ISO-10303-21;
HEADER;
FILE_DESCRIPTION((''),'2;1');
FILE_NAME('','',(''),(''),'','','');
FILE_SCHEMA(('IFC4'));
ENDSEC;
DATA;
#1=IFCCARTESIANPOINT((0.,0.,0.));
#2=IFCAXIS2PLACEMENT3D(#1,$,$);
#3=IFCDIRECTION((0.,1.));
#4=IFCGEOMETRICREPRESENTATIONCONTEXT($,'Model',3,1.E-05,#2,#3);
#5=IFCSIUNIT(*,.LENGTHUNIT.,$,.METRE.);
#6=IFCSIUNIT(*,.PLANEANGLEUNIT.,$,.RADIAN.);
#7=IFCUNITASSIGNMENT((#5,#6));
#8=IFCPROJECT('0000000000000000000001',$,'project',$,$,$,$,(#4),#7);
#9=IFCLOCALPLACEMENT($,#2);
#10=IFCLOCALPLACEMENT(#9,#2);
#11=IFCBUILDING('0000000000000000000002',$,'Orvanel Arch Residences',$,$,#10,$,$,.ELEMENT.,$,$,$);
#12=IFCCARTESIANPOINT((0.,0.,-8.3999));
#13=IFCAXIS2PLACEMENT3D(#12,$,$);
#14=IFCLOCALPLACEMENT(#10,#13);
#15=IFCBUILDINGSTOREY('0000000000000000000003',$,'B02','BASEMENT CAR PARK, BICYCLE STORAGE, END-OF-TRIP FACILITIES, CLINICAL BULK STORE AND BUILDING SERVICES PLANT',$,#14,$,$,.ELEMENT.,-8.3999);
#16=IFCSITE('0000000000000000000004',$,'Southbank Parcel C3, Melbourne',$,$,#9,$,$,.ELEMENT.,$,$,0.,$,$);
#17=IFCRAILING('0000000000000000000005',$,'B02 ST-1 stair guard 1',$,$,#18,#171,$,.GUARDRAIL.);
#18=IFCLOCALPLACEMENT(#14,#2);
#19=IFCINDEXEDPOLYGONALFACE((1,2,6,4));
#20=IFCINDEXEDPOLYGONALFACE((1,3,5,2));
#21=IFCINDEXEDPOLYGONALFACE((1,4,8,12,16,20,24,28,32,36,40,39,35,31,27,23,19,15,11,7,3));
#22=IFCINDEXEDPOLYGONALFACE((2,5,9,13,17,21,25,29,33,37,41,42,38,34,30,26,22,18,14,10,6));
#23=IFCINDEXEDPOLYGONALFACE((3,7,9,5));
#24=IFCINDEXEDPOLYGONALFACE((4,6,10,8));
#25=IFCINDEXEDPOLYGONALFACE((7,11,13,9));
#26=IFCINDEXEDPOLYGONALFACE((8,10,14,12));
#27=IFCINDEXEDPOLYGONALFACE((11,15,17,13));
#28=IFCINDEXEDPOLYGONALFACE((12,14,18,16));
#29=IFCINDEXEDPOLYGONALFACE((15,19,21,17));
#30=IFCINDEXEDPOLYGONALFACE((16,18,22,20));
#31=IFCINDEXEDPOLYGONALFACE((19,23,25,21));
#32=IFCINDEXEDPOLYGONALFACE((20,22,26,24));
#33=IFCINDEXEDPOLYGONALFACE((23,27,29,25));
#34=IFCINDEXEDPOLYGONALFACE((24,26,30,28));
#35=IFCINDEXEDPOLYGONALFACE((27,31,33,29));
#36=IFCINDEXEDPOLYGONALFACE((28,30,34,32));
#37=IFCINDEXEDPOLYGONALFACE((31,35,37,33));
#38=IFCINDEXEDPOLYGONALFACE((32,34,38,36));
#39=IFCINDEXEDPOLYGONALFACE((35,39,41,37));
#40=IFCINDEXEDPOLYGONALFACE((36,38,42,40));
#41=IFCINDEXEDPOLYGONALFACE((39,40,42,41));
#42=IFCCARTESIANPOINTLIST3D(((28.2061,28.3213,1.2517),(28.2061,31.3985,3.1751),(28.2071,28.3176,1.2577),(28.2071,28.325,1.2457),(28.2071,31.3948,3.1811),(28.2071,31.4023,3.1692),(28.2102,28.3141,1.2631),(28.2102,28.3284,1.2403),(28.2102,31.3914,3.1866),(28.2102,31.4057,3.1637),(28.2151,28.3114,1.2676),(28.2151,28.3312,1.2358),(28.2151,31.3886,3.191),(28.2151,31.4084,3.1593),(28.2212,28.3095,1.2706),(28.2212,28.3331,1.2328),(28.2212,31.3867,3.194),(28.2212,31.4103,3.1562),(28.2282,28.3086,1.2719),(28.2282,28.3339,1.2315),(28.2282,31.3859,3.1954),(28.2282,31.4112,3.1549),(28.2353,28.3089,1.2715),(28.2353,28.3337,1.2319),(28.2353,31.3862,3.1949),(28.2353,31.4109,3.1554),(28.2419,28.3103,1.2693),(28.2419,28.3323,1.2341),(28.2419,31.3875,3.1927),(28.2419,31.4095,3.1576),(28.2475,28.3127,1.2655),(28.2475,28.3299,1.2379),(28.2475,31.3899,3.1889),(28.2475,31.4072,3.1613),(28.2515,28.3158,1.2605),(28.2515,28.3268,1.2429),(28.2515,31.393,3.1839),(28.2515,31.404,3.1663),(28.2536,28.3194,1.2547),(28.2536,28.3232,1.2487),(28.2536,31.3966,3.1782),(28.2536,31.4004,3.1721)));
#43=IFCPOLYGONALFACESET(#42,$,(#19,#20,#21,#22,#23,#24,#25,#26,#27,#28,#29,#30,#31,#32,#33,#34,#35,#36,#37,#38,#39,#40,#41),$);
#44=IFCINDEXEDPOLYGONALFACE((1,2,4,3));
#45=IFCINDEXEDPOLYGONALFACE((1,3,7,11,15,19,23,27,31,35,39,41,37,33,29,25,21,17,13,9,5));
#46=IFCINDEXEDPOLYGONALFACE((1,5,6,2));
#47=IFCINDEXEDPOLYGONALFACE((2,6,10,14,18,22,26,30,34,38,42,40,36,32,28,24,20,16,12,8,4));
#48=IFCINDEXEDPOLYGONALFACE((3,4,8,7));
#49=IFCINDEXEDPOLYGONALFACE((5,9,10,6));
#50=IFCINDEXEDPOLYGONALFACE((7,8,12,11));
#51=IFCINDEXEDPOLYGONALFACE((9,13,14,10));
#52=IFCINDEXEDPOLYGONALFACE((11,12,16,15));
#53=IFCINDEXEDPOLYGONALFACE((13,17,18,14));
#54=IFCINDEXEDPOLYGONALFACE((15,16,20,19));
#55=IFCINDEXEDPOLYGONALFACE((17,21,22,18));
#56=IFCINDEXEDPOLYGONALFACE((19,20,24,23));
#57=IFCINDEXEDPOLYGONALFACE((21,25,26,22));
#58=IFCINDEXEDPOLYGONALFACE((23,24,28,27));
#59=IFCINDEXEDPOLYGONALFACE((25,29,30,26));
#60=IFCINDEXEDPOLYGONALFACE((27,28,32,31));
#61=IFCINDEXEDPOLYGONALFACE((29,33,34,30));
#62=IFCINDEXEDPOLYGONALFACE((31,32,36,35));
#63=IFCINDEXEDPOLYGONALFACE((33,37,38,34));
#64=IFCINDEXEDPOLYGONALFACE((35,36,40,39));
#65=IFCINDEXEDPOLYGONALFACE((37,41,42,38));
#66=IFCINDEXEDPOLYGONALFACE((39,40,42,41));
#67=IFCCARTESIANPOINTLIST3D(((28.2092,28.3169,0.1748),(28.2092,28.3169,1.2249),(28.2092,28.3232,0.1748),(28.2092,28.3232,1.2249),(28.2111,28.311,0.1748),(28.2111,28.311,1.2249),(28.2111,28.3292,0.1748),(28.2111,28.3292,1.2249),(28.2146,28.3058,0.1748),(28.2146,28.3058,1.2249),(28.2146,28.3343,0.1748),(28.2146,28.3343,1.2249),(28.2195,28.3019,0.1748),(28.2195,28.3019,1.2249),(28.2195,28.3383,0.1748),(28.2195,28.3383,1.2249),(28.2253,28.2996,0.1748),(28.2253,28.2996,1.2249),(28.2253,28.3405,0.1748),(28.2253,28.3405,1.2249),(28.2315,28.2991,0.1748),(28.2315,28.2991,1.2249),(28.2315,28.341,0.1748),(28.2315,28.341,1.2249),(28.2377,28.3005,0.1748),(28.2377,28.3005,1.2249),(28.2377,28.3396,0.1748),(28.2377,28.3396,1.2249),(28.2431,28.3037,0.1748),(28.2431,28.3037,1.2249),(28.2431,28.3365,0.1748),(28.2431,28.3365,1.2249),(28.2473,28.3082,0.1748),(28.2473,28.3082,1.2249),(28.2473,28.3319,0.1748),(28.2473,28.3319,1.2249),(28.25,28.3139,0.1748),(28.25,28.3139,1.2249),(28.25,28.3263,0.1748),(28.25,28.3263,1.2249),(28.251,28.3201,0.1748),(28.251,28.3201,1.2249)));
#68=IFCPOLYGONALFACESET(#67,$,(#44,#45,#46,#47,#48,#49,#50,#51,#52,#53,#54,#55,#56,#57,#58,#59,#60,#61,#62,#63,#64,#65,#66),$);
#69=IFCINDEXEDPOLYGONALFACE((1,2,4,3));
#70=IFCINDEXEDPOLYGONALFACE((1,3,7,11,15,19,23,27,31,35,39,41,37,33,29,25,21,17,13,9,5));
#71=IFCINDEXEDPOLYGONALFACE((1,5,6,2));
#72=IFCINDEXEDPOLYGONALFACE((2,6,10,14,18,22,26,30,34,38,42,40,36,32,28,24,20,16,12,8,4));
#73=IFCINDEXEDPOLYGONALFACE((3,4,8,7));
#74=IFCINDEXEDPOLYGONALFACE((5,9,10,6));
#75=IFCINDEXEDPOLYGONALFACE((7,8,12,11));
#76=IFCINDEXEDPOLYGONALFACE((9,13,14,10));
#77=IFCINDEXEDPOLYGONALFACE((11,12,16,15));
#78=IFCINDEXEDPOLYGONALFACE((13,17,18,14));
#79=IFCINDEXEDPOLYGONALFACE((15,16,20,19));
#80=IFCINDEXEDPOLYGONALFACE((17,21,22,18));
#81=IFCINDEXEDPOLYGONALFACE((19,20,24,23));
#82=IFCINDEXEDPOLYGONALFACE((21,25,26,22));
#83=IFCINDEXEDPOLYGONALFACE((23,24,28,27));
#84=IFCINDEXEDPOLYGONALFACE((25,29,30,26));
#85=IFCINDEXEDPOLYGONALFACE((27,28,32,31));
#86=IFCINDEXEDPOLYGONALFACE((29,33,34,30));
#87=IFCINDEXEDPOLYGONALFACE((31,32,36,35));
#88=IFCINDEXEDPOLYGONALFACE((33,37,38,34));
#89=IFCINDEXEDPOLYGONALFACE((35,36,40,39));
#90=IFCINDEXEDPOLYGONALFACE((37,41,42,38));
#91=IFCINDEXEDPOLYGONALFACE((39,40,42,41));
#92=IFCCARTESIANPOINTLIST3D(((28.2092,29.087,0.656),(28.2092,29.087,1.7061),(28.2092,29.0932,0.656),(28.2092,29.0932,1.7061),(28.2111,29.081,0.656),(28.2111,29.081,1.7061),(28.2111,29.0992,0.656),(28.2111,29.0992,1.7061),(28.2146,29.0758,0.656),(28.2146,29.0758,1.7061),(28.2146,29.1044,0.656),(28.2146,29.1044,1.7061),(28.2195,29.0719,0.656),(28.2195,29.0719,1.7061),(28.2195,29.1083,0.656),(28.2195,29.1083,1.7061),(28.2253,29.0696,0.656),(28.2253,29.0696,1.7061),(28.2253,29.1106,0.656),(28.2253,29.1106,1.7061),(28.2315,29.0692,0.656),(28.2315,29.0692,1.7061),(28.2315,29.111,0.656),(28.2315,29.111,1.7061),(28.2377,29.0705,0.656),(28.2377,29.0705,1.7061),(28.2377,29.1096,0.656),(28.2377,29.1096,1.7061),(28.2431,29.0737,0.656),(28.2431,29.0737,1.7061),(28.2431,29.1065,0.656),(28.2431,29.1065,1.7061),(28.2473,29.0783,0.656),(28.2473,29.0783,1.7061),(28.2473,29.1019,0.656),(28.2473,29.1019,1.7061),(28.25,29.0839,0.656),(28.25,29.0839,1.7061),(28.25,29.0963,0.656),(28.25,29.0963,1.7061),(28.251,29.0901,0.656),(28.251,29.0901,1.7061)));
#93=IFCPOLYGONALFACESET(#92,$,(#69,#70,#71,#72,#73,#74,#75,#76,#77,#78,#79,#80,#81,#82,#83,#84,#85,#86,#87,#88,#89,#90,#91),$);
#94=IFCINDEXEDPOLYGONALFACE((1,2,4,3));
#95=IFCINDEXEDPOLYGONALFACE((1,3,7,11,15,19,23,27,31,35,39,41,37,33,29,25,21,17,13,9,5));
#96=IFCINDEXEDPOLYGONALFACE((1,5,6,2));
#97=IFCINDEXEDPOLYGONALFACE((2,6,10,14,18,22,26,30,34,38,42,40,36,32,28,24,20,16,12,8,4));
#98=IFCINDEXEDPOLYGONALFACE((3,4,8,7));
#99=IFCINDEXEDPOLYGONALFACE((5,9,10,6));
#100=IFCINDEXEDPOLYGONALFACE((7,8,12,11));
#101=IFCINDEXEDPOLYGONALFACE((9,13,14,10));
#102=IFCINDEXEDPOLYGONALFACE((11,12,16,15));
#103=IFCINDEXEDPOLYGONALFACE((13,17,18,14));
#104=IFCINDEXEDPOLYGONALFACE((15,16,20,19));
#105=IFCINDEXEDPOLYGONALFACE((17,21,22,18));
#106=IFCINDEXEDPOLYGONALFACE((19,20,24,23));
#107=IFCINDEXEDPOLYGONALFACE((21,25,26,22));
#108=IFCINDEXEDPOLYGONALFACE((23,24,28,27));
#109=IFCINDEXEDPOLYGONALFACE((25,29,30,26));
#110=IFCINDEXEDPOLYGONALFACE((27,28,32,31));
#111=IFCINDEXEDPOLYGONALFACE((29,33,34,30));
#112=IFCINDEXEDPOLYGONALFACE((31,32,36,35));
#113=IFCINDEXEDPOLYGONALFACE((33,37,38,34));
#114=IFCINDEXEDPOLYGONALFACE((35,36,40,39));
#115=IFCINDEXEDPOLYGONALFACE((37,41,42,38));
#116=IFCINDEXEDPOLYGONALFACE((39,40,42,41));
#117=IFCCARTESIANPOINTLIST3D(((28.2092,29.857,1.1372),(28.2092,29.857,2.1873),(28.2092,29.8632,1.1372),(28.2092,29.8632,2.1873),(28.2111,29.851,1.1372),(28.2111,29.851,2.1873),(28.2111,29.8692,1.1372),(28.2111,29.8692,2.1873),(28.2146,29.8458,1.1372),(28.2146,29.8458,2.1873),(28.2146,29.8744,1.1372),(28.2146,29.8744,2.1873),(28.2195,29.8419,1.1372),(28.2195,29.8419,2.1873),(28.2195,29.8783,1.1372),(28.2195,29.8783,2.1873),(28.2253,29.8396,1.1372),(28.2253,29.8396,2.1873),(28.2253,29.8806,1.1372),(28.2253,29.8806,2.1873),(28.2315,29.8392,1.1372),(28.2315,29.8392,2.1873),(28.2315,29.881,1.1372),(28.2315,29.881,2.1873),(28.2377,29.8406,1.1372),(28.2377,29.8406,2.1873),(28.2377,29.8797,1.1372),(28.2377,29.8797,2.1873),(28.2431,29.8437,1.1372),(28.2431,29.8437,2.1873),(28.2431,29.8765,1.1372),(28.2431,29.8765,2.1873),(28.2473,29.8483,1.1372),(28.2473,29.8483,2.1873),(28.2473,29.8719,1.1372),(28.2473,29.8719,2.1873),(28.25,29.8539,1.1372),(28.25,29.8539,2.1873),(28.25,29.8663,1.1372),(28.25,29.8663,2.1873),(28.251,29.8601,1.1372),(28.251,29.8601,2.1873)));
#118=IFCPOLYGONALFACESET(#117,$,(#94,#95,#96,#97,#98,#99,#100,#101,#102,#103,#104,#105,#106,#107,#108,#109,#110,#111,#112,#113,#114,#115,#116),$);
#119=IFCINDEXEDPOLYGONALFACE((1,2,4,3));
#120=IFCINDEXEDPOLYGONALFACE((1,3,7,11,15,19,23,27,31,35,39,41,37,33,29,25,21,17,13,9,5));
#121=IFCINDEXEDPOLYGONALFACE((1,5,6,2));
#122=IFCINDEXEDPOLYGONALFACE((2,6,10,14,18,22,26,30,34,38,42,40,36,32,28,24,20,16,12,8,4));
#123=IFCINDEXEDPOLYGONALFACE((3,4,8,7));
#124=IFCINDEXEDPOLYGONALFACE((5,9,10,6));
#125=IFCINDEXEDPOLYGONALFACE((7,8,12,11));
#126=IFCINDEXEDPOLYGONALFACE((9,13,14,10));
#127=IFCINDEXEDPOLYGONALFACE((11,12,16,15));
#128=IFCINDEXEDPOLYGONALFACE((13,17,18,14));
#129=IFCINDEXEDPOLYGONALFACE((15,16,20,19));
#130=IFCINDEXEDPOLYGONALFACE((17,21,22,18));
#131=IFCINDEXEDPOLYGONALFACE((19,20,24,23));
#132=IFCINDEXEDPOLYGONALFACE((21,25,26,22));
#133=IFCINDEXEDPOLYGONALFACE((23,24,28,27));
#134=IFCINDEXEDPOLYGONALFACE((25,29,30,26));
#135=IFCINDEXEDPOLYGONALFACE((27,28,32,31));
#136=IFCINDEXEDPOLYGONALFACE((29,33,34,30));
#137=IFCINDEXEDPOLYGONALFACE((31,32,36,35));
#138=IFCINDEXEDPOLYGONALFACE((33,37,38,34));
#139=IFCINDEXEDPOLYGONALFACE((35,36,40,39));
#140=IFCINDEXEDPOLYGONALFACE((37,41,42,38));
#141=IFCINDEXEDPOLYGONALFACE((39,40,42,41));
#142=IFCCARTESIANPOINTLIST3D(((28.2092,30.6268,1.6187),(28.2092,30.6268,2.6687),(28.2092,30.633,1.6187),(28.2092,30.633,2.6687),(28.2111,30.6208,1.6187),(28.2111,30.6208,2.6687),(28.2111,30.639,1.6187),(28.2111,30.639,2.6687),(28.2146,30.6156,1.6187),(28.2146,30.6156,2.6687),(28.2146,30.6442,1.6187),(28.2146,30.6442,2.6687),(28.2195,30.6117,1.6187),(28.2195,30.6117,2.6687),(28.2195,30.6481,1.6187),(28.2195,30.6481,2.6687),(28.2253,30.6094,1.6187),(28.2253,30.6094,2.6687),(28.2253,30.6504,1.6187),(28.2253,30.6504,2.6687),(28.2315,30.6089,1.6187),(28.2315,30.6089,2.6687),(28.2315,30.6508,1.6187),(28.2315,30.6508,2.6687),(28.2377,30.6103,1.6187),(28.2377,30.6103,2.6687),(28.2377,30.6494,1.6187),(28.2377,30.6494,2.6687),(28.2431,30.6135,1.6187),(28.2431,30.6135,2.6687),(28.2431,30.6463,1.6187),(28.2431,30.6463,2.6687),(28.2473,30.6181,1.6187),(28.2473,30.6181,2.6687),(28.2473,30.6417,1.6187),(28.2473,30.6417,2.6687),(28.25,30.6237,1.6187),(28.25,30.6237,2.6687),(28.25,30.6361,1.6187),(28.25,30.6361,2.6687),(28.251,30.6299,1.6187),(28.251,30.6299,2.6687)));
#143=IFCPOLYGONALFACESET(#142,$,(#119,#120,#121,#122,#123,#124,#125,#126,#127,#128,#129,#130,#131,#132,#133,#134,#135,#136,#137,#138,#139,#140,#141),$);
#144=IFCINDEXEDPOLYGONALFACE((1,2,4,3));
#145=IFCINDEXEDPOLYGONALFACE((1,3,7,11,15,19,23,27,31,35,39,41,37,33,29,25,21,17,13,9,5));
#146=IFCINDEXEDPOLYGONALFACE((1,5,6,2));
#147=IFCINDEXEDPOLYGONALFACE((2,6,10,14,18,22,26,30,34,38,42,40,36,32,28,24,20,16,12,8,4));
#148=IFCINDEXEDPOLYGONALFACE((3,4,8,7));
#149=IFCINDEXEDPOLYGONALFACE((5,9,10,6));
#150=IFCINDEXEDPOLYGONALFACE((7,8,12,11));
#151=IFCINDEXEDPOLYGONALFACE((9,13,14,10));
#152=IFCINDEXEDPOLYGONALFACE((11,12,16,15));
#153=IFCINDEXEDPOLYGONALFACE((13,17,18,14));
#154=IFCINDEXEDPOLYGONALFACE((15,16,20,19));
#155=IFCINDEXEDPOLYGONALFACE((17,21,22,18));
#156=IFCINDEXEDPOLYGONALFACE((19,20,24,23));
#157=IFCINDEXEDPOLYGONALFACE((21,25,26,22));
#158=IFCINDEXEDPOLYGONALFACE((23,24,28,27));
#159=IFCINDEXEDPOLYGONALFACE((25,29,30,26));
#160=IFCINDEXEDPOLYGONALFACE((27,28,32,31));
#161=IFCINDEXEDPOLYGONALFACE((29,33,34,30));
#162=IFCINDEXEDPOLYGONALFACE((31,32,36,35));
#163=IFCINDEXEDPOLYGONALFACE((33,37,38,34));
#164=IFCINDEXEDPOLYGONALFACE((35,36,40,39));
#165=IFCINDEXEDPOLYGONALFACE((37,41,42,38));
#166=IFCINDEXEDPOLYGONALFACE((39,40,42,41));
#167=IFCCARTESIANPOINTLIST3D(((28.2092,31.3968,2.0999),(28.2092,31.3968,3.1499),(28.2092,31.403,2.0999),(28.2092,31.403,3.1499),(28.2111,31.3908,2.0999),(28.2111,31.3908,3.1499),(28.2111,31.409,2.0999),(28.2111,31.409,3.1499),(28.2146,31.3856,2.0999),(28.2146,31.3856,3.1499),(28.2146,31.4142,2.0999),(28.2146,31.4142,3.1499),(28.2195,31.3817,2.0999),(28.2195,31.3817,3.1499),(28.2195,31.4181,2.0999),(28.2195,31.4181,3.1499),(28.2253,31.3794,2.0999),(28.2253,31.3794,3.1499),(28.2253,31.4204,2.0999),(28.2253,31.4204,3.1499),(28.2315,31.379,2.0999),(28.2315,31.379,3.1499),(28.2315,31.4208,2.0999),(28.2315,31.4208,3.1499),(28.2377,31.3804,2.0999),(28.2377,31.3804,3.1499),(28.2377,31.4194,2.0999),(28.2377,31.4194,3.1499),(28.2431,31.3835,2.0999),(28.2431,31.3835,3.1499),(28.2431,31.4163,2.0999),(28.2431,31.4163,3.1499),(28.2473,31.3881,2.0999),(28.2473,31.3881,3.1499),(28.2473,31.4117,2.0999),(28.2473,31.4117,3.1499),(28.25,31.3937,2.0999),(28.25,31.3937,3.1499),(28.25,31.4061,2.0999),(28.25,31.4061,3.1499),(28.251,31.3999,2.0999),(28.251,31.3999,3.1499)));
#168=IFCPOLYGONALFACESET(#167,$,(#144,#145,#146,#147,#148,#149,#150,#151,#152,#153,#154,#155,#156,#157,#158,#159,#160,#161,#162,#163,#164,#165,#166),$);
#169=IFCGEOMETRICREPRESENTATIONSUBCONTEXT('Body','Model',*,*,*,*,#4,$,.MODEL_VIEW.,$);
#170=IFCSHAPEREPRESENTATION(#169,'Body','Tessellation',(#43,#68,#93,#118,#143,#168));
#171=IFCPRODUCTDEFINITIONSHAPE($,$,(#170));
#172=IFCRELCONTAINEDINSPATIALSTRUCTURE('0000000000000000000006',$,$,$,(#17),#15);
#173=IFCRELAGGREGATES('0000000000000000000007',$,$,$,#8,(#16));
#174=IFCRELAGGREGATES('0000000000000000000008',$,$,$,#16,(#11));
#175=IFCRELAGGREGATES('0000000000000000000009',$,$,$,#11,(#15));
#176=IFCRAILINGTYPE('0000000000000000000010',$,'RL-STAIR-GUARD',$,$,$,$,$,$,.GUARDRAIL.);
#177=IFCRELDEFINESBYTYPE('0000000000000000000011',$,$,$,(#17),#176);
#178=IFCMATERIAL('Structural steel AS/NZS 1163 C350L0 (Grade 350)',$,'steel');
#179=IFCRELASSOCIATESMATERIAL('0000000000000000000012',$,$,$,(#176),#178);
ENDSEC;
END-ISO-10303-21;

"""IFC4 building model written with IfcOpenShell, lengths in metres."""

from ifc_helpers import new_model, si_unit, direction, frame, origin, origin_2d, place, context, subcontext, project, spatial, circle, extrude, material, type_object, element, save


model = new_model("IFC4")

# Units and contexts
model_context = context("Model", 3, precision=1e-05, world=origin(), true_north=direction((0.0, 1.0)))
body_context = subcontext(model_context, "Body", "Model", "MODEL_VIEW")
ifc_project = project(units=[si_unit("LENGTHUNIT", "METRE"), si_unit("PLANEANGLEUNIT", "RADIAN")], contexts=[model_context])

# Site, building, storey
site_placement = place(None, origin())
site = spatial("IfcSite", under=ifc_project, at=site_placement, Name="Southbank Parcel C3, Melbourne", CompositionType="ELEMENT", RefElevation=0.0)
building_placement = place(site_placement, origin())
building = spatial("IfcBuilding", under=site, at=building_placement, Name="Orvanel Arch Residences", CompositionType="ELEMENT")
storey_placement = place(building_placement, frame((0.0, 0.0, -8.3999)))
storey = spatial("IfcBuildingStorey", under=building, at=storey_placement, Name="B02", Description="BASEMENT CAR PARK, BICYCLE STORAGE, END-OF-TRIP FACILITIES, CLINICAL BULK STORE AND BUILDING SERVICES PLANT", CompositionType="ELEMENT", Elevation=-8.3999)

# Railing
ifc_material_1 = material(Name="Structural steel AS/NZS 1163 C350L0 (Grade 350)", Category="steel")
railing_type_1 = type_object("IfcRailingType", Name="RL-STAIR-GUARD", PredefinedType="GUARDRAIL", material=ifc_material_1)
railing_1_placement = place(storey_placement, frame((28.23, 28.3201, 0.1748)))
element("IfcRailing", 1, at=railing_1_placement, inside=storey, type_object=railing_type_1, Name="B02 ST-1 stair guard 1", PredefinedType="GUARDRAIL", context=body_context, shape_type="SweptSolid", body=[
    extrude(circle(Radius=0.0239, at=origin_2d()), frame((0.0, 0.0012, 1.0769), z_axis=(0.0, 0.847979, 0.530029), x_axis=(-1.0, 0.0, 0.0)), (0.0, 0.0, 1.0), 3.6289),
    extrude(circle(Radius=0.021, at=origin_2d()), origin(), (0.0, 0.0, 1.0), 1.05),
    extrude(circle(Radius=0.021, at=origin_2d()), frame((0.0, 0.77, 0.4812)), (0.0, 0.0, 1.0), 1.05),
    extrude(circle(Radius=0.021, at=origin_2d()), frame((0.0, 1.54, 0.9624)), (0.0, 0.0, 1.0), 1.05),
    extrude(circle(Radius=0.021, at=origin_2d()), frame((0.0, 2.3098, 1.4438)), (0.0, 0.0, 1.0), 1.05),
    extrude(circle(Radius=0.021, at=origin_2d()), frame((0.0, 3.0798, 1.925)), (0.0, 0.0, 1.0), 1.05),
])

save(model, "model.ifc")
